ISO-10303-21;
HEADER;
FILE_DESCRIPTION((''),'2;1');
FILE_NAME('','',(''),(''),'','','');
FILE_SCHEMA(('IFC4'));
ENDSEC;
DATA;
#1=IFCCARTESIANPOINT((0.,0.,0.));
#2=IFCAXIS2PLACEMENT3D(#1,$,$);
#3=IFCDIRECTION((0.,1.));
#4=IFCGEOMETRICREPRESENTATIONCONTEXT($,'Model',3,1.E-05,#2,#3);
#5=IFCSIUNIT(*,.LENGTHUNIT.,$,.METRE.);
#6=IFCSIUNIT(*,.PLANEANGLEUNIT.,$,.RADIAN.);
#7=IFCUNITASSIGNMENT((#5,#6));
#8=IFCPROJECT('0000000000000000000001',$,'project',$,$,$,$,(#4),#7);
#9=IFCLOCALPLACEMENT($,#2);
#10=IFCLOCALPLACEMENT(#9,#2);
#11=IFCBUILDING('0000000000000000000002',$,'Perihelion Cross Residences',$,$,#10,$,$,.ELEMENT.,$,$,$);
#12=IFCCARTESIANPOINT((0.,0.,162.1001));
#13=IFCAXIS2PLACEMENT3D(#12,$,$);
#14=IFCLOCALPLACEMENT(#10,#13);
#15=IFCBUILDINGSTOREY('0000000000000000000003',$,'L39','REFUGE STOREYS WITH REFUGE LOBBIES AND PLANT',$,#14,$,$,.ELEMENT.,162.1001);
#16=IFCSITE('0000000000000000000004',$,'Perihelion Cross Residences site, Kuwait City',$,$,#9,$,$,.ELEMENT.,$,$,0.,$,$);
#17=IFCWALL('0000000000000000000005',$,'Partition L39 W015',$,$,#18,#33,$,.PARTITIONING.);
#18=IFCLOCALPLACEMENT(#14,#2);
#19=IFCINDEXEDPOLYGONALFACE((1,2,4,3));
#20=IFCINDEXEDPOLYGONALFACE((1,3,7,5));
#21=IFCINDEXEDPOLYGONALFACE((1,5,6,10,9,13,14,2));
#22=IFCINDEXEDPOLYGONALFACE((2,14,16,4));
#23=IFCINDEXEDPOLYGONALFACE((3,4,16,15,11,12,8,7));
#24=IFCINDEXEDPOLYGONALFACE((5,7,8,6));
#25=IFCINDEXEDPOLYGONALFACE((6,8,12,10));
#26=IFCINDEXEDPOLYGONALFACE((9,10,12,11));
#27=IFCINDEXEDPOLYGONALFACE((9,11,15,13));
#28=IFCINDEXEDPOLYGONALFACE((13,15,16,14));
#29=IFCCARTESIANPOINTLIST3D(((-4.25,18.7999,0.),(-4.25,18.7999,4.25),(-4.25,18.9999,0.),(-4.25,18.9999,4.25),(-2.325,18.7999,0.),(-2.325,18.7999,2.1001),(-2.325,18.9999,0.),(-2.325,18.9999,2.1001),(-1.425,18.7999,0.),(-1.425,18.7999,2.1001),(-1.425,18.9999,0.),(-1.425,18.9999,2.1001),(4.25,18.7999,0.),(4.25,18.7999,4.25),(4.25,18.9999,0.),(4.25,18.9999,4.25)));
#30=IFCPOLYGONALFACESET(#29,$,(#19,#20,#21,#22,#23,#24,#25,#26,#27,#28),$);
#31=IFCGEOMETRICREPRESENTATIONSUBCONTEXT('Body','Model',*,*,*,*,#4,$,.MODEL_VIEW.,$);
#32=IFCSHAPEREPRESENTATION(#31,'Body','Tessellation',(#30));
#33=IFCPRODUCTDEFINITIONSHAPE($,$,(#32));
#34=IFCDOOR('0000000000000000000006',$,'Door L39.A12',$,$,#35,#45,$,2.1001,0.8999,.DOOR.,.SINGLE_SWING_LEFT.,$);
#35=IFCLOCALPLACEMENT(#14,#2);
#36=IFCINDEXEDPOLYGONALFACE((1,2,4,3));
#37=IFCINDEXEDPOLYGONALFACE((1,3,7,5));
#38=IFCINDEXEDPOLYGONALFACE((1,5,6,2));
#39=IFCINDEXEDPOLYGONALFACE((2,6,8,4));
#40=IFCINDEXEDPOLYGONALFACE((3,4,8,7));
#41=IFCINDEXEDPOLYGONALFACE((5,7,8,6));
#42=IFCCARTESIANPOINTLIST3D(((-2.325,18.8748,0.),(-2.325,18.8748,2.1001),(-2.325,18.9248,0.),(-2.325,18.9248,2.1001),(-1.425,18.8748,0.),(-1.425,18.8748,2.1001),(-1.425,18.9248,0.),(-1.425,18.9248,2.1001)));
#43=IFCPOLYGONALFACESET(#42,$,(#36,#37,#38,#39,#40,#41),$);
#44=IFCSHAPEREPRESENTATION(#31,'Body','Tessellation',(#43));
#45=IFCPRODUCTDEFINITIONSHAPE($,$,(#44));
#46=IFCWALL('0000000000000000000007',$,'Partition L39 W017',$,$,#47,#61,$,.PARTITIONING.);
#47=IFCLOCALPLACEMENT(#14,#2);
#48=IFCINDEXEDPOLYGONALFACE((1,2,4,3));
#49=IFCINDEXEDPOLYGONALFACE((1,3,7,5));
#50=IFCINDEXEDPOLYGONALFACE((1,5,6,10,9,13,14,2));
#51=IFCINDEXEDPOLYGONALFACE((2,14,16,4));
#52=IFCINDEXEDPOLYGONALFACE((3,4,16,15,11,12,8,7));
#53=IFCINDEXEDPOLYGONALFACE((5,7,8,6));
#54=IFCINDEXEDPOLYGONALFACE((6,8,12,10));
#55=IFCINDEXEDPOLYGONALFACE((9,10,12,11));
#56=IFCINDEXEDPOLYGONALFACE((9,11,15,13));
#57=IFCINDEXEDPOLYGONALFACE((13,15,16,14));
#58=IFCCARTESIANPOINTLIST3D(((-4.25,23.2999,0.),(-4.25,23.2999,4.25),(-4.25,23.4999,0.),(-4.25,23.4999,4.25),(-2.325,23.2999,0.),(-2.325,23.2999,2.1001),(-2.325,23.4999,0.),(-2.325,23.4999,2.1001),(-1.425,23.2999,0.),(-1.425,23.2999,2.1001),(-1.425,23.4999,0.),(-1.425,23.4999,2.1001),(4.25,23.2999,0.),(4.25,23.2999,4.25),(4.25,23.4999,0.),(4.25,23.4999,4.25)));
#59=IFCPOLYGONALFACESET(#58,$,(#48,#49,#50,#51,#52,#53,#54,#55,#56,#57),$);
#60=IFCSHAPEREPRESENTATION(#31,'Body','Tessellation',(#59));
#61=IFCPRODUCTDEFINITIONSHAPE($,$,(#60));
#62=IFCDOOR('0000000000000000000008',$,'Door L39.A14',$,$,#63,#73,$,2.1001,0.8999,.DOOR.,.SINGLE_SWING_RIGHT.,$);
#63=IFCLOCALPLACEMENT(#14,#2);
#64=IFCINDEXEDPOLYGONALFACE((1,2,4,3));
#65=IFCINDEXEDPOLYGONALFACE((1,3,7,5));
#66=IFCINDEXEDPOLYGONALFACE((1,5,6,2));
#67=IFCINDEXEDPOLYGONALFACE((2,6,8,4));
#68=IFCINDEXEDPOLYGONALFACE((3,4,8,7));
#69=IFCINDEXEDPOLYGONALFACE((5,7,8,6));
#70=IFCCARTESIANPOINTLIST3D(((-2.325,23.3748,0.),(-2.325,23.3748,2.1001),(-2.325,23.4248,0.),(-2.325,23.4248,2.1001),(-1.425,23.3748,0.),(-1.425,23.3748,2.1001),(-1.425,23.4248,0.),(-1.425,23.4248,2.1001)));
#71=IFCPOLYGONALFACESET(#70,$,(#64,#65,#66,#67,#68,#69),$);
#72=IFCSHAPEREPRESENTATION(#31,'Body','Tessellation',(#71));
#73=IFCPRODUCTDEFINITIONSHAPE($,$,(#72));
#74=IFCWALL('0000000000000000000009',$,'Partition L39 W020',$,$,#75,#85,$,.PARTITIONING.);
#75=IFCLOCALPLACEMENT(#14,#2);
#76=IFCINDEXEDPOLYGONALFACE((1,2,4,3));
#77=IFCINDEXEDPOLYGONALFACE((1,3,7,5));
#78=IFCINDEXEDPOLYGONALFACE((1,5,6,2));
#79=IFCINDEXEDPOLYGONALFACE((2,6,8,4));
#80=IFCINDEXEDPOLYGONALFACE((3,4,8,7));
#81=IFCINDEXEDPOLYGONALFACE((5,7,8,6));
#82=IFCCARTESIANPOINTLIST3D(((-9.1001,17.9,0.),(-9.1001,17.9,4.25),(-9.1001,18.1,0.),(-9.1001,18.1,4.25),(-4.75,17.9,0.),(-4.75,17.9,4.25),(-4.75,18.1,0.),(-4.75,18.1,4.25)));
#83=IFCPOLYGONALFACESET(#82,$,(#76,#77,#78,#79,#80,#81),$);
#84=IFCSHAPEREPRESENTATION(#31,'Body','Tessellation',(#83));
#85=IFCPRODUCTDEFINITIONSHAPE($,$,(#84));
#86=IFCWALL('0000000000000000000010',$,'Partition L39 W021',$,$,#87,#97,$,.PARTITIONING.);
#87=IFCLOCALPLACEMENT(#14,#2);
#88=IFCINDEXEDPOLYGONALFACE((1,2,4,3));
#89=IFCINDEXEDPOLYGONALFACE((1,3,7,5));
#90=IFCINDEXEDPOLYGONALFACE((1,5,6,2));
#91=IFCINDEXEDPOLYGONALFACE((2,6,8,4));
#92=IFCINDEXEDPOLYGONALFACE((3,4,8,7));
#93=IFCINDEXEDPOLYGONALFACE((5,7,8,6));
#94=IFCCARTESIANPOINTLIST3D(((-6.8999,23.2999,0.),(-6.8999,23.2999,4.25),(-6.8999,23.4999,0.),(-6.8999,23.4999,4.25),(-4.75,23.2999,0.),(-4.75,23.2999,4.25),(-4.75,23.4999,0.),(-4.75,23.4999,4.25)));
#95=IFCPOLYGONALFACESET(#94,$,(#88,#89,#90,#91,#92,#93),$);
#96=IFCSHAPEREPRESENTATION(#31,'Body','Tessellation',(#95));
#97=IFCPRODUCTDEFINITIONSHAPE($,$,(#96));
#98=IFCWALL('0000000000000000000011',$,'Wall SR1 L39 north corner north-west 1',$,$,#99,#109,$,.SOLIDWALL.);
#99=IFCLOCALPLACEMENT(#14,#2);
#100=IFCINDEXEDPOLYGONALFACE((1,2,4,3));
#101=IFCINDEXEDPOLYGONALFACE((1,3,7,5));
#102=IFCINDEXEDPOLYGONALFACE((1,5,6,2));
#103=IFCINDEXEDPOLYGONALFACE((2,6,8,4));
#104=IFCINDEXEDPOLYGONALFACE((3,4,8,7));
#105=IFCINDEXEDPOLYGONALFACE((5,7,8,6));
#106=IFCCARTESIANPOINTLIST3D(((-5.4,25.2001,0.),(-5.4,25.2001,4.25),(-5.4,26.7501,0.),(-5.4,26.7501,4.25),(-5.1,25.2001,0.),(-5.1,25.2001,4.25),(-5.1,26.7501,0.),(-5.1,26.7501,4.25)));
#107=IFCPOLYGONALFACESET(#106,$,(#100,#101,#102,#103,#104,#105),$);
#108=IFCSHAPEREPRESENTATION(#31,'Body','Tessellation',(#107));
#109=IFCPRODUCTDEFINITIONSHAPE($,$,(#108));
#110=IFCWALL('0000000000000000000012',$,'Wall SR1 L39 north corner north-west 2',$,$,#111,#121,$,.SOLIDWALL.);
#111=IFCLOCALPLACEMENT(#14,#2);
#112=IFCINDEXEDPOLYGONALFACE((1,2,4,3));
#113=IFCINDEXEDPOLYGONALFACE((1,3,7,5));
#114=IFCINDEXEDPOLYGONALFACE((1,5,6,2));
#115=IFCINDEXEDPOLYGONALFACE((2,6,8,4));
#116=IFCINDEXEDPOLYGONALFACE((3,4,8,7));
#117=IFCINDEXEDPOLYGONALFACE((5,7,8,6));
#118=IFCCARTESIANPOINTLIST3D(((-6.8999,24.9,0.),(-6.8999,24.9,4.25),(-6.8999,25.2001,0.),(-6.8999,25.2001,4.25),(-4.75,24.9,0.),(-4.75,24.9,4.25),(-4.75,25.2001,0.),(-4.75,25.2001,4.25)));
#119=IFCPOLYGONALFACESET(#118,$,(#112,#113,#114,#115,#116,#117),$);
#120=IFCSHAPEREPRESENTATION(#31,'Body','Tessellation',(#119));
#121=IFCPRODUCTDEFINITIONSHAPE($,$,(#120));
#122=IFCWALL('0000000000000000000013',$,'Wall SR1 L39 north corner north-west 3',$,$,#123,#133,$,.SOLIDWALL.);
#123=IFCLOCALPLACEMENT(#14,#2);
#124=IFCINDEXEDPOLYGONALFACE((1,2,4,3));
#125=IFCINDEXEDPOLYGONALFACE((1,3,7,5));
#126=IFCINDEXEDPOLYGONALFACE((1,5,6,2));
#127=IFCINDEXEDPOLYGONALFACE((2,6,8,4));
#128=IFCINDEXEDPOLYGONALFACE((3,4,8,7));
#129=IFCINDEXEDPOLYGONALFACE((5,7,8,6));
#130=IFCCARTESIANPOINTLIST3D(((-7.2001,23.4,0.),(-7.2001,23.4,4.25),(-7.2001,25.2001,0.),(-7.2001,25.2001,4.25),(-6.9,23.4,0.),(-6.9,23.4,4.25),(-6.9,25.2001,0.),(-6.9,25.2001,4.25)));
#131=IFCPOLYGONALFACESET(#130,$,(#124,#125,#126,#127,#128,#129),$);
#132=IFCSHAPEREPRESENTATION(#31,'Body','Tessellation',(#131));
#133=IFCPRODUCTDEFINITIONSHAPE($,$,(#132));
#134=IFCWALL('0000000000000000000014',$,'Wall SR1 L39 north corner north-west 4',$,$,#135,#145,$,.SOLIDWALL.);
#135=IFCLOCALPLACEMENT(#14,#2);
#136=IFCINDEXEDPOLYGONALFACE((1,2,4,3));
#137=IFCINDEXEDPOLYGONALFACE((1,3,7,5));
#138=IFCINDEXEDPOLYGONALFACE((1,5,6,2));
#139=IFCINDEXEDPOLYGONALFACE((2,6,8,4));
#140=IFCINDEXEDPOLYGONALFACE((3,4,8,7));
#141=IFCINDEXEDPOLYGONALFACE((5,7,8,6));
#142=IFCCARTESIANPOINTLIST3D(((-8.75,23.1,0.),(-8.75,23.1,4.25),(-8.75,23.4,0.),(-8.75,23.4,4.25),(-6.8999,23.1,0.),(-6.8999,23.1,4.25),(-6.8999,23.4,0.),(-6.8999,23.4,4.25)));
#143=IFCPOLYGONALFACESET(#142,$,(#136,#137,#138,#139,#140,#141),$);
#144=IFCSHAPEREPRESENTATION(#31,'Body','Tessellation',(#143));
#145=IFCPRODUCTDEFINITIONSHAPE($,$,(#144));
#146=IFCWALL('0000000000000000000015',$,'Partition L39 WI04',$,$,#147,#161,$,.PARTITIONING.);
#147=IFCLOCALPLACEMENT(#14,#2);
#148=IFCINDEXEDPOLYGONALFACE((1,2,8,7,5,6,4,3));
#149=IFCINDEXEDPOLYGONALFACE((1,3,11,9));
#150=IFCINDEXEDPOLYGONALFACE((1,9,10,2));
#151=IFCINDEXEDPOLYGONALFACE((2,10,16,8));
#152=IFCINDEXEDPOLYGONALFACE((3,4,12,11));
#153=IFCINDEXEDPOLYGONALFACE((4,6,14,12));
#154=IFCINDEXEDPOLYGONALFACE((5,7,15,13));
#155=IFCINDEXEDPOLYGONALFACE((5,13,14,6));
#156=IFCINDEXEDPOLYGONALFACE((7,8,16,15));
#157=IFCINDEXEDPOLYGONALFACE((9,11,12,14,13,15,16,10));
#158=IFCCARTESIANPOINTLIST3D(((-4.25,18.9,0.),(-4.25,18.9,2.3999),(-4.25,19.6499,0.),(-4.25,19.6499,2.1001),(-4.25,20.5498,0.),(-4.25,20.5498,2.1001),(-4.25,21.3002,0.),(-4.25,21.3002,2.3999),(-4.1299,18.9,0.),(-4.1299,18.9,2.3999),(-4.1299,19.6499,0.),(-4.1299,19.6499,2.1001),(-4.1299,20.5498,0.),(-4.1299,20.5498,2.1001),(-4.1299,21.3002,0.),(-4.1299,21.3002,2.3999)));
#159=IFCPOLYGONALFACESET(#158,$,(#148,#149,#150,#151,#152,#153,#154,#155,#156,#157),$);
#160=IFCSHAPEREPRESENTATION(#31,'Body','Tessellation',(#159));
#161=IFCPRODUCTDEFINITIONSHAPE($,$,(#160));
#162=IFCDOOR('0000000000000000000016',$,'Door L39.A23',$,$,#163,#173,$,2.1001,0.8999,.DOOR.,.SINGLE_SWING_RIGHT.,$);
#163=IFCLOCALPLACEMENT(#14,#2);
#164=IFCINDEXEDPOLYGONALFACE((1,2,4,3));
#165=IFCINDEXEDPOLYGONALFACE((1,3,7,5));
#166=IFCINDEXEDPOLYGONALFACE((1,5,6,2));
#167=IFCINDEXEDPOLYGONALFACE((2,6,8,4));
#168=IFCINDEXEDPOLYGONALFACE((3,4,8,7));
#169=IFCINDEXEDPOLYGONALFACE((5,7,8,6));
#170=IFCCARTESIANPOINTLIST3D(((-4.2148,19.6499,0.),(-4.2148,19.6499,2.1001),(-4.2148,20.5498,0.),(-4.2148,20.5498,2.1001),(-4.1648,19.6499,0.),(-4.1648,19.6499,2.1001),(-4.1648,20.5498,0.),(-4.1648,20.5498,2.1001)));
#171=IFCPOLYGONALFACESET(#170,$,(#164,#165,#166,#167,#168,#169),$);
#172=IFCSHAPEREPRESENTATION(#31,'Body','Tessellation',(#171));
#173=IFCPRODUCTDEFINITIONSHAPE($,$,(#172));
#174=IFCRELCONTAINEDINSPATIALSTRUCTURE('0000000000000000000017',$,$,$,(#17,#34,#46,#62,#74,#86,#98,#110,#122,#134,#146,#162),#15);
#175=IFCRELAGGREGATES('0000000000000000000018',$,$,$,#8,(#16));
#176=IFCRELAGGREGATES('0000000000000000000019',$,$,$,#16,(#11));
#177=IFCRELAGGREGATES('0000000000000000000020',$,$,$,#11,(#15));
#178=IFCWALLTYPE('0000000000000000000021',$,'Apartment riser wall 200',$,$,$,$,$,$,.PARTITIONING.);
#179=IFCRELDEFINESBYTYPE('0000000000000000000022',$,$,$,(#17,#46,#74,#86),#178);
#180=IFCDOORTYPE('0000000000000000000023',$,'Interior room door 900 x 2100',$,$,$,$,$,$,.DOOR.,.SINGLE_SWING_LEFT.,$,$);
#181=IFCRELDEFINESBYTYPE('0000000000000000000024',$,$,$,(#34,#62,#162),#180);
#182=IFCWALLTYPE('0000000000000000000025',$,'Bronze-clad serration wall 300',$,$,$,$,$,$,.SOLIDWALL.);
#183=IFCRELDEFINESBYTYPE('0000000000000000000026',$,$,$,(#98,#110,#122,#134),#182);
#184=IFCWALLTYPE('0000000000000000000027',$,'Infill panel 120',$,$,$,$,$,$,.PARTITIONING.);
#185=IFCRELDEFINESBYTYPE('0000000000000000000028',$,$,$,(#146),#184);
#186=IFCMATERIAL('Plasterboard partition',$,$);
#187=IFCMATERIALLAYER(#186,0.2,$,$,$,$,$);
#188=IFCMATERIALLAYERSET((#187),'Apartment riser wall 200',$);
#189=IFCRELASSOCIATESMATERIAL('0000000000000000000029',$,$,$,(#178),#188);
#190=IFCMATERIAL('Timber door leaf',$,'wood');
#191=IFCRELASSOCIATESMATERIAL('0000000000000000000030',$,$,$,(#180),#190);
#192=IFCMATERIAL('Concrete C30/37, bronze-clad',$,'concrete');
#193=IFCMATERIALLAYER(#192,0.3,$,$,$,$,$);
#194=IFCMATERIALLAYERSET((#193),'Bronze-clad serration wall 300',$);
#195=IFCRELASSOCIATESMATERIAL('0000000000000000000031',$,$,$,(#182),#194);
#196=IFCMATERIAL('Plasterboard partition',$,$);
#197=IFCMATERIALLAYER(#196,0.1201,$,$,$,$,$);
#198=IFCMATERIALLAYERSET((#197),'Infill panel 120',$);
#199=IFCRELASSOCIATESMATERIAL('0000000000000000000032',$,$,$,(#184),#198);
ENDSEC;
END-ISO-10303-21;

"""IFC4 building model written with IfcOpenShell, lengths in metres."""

from ifc_helpers import new_model, si_unit, direction, frame, frame_2d, origin, place, context, subcontext, project, spatial, rectangle, extrude, material, layer, layer_set, type_object, element, fill, save


model = new_model("IFC4")

# Units and contexts
model_context = context("Model", 3, precision=1e-05, world=origin(), true_north=direction((0.0, 1.0)))
body_context = subcontext(model_context, "Body", "Model", "MODEL_VIEW")
ifc_project = project(units=[si_unit("LENGTHUNIT", "METRE"), si_unit("PLANEANGLEUNIT", "RADIAN")], contexts=[model_context])

# Site, building, storey
site_placement = place(None, origin())
site = spatial("IfcSite", under=ifc_project, at=site_placement, Name="Perihelion Cross Residences site, Kuwait City", CompositionType="ELEMENT", RefElevation=0.0)
building_placement = place(site_placement, origin())
building = spatial("IfcBuilding", under=site, at=building_placement, Name="Perihelion Cross Residences", CompositionType="ELEMENT")
storey_placement = place(building_placement, frame((0.0, 0.0, 162.1001)))
storey = spatial("IfcBuildingStorey", under=building, at=storey_placement, Name="L39", Description="REFUGE STOREYS WITH REFUGE LOBBIES AND PLANT", CompositionType="ELEMENT", Elevation=162.1001)

# Walls, openings, doors
ifc_material_1 = material(Name="Plasterboard partition")
ifc_layer_1 = layer(ifc_material_1, 0.2)
ifc_layer_set_1 = layer_set([ifc_layer_1], Name="Apartment riser wall 200")
wall_type_1 = type_object("IfcWallType", Name="Apartment riser wall 200", PredefinedType="PARTITIONING", material=ifc_layer_set_1)
wall_1_placement = place(storey_placement, frame((-4.25, 18.8999, 0.0), z_axis=(0.0, 0.0, 1.0), x_axis=(1.0, 0.0, 0.0)))
wall_1 = element("IfcWall", 1, at=wall_1_placement, inside=storey, type_object=wall_type_1, Name="Partition L39 W015", PredefinedType="PARTITIONING", context=body_context, shape_type="SweptSolid", body=[
    extrude(rectangle(XDim=8.5, YDim=0.2, at=frame_2d((4.25, 0.0))), origin(), (0.0, 0.0, 1.0), 4.25),
])
opening_1_placement = place(wall_1_placement, frame((1.925, 0.0, 0.0)))
opening_1 = element("IfcOpeningElement", 2, at=opening_1_placement, cuts=wall_1, PredefinedType="OPENING", context=body_context, shape_type="SweptSolid", body=[
    extrude(rectangle(XDim=0.8999, YDim=2.1001, at=frame_2d((0.45, 1.05))), frame((0.0, 0.1099, 0.0), z_axis=(0.0, -1.0, 0.0), x_axis=(1.0, 0.0, 0.0)), (0.0, 0.0, 1.0), 0.22),
])
ifc_material_2 = material(Name="Timber door leaf", Category="wood")
door_type = type_object("IfcDoorType", Name="Interior room door 900 x 2100", OperationType="SINGLE_SWING_LEFT", PredefinedType="DOOR", material=ifc_material_2)
door_1_placement = place(opening_1_placement, origin())
door_1 = element("IfcDoor", 3, at=door_1_placement, inside=storey, type_object=door_type, Name="Door L39.A12", OperationType="SINGLE_SWING_LEFT", OverallHeight=2.1001, OverallWidth=0.8999, PredefinedType="DOOR", context=body_context, shape_type="SweptSolid", body=[
    extrude(rectangle(XDim=0.8999, YDim=2.1001, at=frame_2d((0.45, 1.05))), frame((0.0, 0.0249, 0.0), z_axis=(0.0, -1.0, 0.0), x_axis=(1.0, 0.0, 0.0)), (0.0, 0.0, 1.0), 0.05),
])
fill(opening_1, door_1)
wall_2_placement = place(storey_placement, frame((-4.25, 23.3999, 0.0), z_axis=(0.0, 0.0, 1.0), x_axis=(1.0, 0.0, 0.0)))
wall_2 = element("IfcWall", 4, at=wall_2_placement, inside=storey, type_object=wall_type_1, Name="Partition L39 W017", PredefinedType="PARTITIONING", context=body_context, shape_type="SweptSolid", body=[
    extrude(rectangle(XDim=8.5, YDim=0.2, at=frame_2d((4.25, 0.0))), origin(), (0.0, 0.0, 1.0), 4.25),
])
opening_2_placement = place(wall_2_placement, frame((1.925, 0.0, 0.0)))
opening_2 = element("IfcOpeningElement", 5, at=opening_2_placement, cuts=wall_2, PredefinedType="OPENING", context=body_context, shape_type="SweptSolid", body=[
    extrude(rectangle(XDim=0.8999, YDim=2.1001, at=frame_2d((0.45, 1.05))), frame((0.0, 0.1099, 0.0), z_axis=(0.0, -1.0, 0.0), x_axis=(1.0, 0.0, 0.0)), (0.0, 0.0, 1.0), 0.22),
])
door_2_placement = place(opening_2_placement, origin())
door_2 = element("IfcDoor", 6, at=door_2_placement, inside=storey, type_object=door_type, Name="Door L39.A14", OperationType="SINGLE_SWING_RIGHT", OverallHeight=2.1001, OverallWidth=0.8999, PredefinedType="DOOR", context=body_context, shape_type="SweptSolid", body=[
    extrude(rectangle(XDim=0.8999, YDim=2.1001, at=frame_2d((0.45, 1.05))), frame((0.0, 0.0249, 0.0), z_axis=(0.0, -1.0, 0.0), x_axis=(1.0, 0.0, 0.0)), (0.0, 0.0, 1.0), 0.05),
])
fill(opening_2, door_2)

# Walls
wall_3_placement = place(storey_placement, frame((-9.1001, 18.0, 0.0), z_axis=(0.0, 0.0, 1.0), x_axis=(1.0, 0.0, 0.0)))
element("IfcWall", 7, at=wall_3_placement, inside=storey, type_object=wall_type_1, Name="Partition L39 W020", PredefinedType="PARTITIONING", context=body_context, shape_type="SweptSolid", body=[
    extrude(rectangle(XDim=4.3501, YDim=0.2, at=frame_2d((2.175, 0.0))), origin(), (0.0, 0.0, 1.0), 4.25),
])
wall_4_placement = place(storey_placement, frame((-6.8999, 23.3999, 0.0), z_axis=(0.0, 0.0, 1.0), x_axis=(1.0, 0.0, 0.0)))
element("IfcWall", 8, at=wall_4_placement, inside=storey, type_object=wall_type_1, Name="Partition L39 W021", PredefinedType="PARTITIONING", context=body_context, shape_type="SweptSolid", body=[
    extrude(rectangle(XDim=2.1499, YDim=0.2, at=frame_2d((1.075, 0.0))), origin(), (0.0, 0.0, 1.0), 4.25),
])
ifc_material_3 = material(Name="Concrete C30/37, bronze-clad", Category="concrete")
ifc_layer_2 = layer(ifc_material_3, 0.3)
ifc_layer_set_2 = layer_set([ifc_layer_2], Name="Bronze-clad serration wall 300")
wall_type_2 = type_object("IfcWallType", Name="Bronze-clad serration wall 300", PredefinedType="SOLIDWALL", material=ifc_layer_set_2)
wall_5_placement = place(storey_placement, frame((-5.25, 26.75, 0.0), z_axis=(0.0, 0.0, 1.0), x_axis=(0.0, -1.0, 0.0)))
element("IfcWall", 9, at=wall_5_placement, inside=storey, type_object=wall_type_2, Name="Wall SR1 L39 north corner north-west 1", PredefinedType="SOLIDWALL", context=body_context, shape_type="SweptSolid", body=[
    extrude(rectangle(XDim=1.55, YDim=0.3, at=frame_2d((0.7749, 0.0))), origin(), (0.0, 0.0, 1.0), 4.25),
])
wall_6_placement = place(storey_placement, frame((-4.75, 25.05, 0.0), z_axis=(0.0, 0.0, 1.0), x_axis=(-1.0, 0.0, 0.0)))
element("IfcWall", 10, at=wall_6_placement, inside=storey, type_object=wall_type_2, Name="Wall SR1 L39 north corner north-west 2", PredefinedType="SOLIDWALL", context=body_context, shape_type="SweptSolid", body=[
    extrude(rectangle(XDim=2.1499, YDim=0.3, at=frame_2d((1.075, 0.0))), origin(), (0.0, 0.0, 1.0), 4.25),
])
wall_7_placement = place(storey_placement, frame((-7.05, 25.2, 0.0), z_axis=(0.0, 0.0, 1.0), x_axis=(0.0, -1.0, 0.0)))
element("IfcWall", 11, at=wall_7_placement, inside=storey, type_object=wall_type_2, Name="Wall SR1 L39 north corner north-west 3", PredefinedType="SOLIDWALL", context=body_context, shape_type="SweptSolid", body=[
    extrude(rectangle(XDim=1.8, YDim=0.3, at=frame_2d((0.8999, 0.0))), origin(), (0.0, 0.0, 1.0), 4.25),
])
wall_8_placement = place(storey_placement, frame((-6.8999, 23.25, 0.0), z_axis=(0.0, 0.0, 1.0), x_axis=(-1.0, 0.0, 0.0)))
element("IfcWall", 12, at=wall_8_placement, inside=storey, type_object=wall_type_2, Name="Wall SR1 L39 north corner north-west 4", PredefinedType="SOLIDWALL", context=body_context, shape_type="SweptSolid", body=[
    extrude(rectangle(XDim=1.8501, YDim=0.3, at=frame_2d((0.925, 0.0))), origin(), (0.0, 0.0, 1.0), 4.25),
])

# Wall, opening, door
ifc_material_4 = material(Name="Plasterboard partition")
ifc_layer_3 = layer(ifc_material_4, 0.1201)
ifc_layer_set_3 = layer_set([ifc_layer_3], Name="Infill panel 120")
wall_type_3 = type_object("IfcWallType", Name="Infill panel 120", PredefinedType="PARTITIONING", material=ifc_layer_set_3)
wall_9_placement = place(storey_placement, frame((-4.1899, 18.8999, 0.0), z_axis=(0.0, 0.0, 1.0), x_axis=(0.0, 1.0, 0.0)))
wall_9 = element("IfcWall", 13, at=wall_9_placement, inside=storey, type_object=wall_type_3, Name="Partition L39 WI04", PredefinedType="PARTITIONING", context=body_context, shape_type="SweptSolid", body=[
    extrude(rectangle(XDim=2.4001, YDim=0.1201, at=frame_2d((1.2002, 0.0))), origin(), (0.0, 0.0, 1.0), 2.3999),
])
opening_3_placement = place(wall_9_placement, frame((0.75, 0.0, 0.0)))
opening_3 = element("IfcOpeningElement", 14, at=opening_3_placement, cuts=wall_9, PredefinedType="OPENING", context=body_context, shape_type="SweptSolid", body=[
    extrude(rectangle(XDim=0.8999, YDim=2.1001, at=frame_2d((0.45, 1.05))), frame((0.0, 0.0701, 0.0), z_axis=(0.0, -1.0, 0.0), x_axis=(1.0, 0.0, 0.0)), (0.0, 0.0, 1.0), 0.1401),
])
door_3_placement = place(opening_3_placement, origin())
door_3 = element("IfcDoor", 15, at=door_3_placement, inside=storey, type_object=door_type, Name="Door L39.A23", OperationType="SINGLE_SWING_RIGHT", OverallHeight=2.1001, OverallWidth=0.8999, PredefinedType="DOOR", context=body_context, shape_type="SweptSolid", body=[
    extrude(rectangle(XDim=0.8999, YDim=2.1001, at=frame_2d((0.45, 1.05))), frame((0.0, 0.0249, 0.0), z_axis=(0.0, -1.0, 0.0), x_axis=(1.0, 0.0, 0.0)), (0.0, 0.0, 1.0), 0.05),
])
fill(opening_3, door_3)

save(model, "model.ifc")
